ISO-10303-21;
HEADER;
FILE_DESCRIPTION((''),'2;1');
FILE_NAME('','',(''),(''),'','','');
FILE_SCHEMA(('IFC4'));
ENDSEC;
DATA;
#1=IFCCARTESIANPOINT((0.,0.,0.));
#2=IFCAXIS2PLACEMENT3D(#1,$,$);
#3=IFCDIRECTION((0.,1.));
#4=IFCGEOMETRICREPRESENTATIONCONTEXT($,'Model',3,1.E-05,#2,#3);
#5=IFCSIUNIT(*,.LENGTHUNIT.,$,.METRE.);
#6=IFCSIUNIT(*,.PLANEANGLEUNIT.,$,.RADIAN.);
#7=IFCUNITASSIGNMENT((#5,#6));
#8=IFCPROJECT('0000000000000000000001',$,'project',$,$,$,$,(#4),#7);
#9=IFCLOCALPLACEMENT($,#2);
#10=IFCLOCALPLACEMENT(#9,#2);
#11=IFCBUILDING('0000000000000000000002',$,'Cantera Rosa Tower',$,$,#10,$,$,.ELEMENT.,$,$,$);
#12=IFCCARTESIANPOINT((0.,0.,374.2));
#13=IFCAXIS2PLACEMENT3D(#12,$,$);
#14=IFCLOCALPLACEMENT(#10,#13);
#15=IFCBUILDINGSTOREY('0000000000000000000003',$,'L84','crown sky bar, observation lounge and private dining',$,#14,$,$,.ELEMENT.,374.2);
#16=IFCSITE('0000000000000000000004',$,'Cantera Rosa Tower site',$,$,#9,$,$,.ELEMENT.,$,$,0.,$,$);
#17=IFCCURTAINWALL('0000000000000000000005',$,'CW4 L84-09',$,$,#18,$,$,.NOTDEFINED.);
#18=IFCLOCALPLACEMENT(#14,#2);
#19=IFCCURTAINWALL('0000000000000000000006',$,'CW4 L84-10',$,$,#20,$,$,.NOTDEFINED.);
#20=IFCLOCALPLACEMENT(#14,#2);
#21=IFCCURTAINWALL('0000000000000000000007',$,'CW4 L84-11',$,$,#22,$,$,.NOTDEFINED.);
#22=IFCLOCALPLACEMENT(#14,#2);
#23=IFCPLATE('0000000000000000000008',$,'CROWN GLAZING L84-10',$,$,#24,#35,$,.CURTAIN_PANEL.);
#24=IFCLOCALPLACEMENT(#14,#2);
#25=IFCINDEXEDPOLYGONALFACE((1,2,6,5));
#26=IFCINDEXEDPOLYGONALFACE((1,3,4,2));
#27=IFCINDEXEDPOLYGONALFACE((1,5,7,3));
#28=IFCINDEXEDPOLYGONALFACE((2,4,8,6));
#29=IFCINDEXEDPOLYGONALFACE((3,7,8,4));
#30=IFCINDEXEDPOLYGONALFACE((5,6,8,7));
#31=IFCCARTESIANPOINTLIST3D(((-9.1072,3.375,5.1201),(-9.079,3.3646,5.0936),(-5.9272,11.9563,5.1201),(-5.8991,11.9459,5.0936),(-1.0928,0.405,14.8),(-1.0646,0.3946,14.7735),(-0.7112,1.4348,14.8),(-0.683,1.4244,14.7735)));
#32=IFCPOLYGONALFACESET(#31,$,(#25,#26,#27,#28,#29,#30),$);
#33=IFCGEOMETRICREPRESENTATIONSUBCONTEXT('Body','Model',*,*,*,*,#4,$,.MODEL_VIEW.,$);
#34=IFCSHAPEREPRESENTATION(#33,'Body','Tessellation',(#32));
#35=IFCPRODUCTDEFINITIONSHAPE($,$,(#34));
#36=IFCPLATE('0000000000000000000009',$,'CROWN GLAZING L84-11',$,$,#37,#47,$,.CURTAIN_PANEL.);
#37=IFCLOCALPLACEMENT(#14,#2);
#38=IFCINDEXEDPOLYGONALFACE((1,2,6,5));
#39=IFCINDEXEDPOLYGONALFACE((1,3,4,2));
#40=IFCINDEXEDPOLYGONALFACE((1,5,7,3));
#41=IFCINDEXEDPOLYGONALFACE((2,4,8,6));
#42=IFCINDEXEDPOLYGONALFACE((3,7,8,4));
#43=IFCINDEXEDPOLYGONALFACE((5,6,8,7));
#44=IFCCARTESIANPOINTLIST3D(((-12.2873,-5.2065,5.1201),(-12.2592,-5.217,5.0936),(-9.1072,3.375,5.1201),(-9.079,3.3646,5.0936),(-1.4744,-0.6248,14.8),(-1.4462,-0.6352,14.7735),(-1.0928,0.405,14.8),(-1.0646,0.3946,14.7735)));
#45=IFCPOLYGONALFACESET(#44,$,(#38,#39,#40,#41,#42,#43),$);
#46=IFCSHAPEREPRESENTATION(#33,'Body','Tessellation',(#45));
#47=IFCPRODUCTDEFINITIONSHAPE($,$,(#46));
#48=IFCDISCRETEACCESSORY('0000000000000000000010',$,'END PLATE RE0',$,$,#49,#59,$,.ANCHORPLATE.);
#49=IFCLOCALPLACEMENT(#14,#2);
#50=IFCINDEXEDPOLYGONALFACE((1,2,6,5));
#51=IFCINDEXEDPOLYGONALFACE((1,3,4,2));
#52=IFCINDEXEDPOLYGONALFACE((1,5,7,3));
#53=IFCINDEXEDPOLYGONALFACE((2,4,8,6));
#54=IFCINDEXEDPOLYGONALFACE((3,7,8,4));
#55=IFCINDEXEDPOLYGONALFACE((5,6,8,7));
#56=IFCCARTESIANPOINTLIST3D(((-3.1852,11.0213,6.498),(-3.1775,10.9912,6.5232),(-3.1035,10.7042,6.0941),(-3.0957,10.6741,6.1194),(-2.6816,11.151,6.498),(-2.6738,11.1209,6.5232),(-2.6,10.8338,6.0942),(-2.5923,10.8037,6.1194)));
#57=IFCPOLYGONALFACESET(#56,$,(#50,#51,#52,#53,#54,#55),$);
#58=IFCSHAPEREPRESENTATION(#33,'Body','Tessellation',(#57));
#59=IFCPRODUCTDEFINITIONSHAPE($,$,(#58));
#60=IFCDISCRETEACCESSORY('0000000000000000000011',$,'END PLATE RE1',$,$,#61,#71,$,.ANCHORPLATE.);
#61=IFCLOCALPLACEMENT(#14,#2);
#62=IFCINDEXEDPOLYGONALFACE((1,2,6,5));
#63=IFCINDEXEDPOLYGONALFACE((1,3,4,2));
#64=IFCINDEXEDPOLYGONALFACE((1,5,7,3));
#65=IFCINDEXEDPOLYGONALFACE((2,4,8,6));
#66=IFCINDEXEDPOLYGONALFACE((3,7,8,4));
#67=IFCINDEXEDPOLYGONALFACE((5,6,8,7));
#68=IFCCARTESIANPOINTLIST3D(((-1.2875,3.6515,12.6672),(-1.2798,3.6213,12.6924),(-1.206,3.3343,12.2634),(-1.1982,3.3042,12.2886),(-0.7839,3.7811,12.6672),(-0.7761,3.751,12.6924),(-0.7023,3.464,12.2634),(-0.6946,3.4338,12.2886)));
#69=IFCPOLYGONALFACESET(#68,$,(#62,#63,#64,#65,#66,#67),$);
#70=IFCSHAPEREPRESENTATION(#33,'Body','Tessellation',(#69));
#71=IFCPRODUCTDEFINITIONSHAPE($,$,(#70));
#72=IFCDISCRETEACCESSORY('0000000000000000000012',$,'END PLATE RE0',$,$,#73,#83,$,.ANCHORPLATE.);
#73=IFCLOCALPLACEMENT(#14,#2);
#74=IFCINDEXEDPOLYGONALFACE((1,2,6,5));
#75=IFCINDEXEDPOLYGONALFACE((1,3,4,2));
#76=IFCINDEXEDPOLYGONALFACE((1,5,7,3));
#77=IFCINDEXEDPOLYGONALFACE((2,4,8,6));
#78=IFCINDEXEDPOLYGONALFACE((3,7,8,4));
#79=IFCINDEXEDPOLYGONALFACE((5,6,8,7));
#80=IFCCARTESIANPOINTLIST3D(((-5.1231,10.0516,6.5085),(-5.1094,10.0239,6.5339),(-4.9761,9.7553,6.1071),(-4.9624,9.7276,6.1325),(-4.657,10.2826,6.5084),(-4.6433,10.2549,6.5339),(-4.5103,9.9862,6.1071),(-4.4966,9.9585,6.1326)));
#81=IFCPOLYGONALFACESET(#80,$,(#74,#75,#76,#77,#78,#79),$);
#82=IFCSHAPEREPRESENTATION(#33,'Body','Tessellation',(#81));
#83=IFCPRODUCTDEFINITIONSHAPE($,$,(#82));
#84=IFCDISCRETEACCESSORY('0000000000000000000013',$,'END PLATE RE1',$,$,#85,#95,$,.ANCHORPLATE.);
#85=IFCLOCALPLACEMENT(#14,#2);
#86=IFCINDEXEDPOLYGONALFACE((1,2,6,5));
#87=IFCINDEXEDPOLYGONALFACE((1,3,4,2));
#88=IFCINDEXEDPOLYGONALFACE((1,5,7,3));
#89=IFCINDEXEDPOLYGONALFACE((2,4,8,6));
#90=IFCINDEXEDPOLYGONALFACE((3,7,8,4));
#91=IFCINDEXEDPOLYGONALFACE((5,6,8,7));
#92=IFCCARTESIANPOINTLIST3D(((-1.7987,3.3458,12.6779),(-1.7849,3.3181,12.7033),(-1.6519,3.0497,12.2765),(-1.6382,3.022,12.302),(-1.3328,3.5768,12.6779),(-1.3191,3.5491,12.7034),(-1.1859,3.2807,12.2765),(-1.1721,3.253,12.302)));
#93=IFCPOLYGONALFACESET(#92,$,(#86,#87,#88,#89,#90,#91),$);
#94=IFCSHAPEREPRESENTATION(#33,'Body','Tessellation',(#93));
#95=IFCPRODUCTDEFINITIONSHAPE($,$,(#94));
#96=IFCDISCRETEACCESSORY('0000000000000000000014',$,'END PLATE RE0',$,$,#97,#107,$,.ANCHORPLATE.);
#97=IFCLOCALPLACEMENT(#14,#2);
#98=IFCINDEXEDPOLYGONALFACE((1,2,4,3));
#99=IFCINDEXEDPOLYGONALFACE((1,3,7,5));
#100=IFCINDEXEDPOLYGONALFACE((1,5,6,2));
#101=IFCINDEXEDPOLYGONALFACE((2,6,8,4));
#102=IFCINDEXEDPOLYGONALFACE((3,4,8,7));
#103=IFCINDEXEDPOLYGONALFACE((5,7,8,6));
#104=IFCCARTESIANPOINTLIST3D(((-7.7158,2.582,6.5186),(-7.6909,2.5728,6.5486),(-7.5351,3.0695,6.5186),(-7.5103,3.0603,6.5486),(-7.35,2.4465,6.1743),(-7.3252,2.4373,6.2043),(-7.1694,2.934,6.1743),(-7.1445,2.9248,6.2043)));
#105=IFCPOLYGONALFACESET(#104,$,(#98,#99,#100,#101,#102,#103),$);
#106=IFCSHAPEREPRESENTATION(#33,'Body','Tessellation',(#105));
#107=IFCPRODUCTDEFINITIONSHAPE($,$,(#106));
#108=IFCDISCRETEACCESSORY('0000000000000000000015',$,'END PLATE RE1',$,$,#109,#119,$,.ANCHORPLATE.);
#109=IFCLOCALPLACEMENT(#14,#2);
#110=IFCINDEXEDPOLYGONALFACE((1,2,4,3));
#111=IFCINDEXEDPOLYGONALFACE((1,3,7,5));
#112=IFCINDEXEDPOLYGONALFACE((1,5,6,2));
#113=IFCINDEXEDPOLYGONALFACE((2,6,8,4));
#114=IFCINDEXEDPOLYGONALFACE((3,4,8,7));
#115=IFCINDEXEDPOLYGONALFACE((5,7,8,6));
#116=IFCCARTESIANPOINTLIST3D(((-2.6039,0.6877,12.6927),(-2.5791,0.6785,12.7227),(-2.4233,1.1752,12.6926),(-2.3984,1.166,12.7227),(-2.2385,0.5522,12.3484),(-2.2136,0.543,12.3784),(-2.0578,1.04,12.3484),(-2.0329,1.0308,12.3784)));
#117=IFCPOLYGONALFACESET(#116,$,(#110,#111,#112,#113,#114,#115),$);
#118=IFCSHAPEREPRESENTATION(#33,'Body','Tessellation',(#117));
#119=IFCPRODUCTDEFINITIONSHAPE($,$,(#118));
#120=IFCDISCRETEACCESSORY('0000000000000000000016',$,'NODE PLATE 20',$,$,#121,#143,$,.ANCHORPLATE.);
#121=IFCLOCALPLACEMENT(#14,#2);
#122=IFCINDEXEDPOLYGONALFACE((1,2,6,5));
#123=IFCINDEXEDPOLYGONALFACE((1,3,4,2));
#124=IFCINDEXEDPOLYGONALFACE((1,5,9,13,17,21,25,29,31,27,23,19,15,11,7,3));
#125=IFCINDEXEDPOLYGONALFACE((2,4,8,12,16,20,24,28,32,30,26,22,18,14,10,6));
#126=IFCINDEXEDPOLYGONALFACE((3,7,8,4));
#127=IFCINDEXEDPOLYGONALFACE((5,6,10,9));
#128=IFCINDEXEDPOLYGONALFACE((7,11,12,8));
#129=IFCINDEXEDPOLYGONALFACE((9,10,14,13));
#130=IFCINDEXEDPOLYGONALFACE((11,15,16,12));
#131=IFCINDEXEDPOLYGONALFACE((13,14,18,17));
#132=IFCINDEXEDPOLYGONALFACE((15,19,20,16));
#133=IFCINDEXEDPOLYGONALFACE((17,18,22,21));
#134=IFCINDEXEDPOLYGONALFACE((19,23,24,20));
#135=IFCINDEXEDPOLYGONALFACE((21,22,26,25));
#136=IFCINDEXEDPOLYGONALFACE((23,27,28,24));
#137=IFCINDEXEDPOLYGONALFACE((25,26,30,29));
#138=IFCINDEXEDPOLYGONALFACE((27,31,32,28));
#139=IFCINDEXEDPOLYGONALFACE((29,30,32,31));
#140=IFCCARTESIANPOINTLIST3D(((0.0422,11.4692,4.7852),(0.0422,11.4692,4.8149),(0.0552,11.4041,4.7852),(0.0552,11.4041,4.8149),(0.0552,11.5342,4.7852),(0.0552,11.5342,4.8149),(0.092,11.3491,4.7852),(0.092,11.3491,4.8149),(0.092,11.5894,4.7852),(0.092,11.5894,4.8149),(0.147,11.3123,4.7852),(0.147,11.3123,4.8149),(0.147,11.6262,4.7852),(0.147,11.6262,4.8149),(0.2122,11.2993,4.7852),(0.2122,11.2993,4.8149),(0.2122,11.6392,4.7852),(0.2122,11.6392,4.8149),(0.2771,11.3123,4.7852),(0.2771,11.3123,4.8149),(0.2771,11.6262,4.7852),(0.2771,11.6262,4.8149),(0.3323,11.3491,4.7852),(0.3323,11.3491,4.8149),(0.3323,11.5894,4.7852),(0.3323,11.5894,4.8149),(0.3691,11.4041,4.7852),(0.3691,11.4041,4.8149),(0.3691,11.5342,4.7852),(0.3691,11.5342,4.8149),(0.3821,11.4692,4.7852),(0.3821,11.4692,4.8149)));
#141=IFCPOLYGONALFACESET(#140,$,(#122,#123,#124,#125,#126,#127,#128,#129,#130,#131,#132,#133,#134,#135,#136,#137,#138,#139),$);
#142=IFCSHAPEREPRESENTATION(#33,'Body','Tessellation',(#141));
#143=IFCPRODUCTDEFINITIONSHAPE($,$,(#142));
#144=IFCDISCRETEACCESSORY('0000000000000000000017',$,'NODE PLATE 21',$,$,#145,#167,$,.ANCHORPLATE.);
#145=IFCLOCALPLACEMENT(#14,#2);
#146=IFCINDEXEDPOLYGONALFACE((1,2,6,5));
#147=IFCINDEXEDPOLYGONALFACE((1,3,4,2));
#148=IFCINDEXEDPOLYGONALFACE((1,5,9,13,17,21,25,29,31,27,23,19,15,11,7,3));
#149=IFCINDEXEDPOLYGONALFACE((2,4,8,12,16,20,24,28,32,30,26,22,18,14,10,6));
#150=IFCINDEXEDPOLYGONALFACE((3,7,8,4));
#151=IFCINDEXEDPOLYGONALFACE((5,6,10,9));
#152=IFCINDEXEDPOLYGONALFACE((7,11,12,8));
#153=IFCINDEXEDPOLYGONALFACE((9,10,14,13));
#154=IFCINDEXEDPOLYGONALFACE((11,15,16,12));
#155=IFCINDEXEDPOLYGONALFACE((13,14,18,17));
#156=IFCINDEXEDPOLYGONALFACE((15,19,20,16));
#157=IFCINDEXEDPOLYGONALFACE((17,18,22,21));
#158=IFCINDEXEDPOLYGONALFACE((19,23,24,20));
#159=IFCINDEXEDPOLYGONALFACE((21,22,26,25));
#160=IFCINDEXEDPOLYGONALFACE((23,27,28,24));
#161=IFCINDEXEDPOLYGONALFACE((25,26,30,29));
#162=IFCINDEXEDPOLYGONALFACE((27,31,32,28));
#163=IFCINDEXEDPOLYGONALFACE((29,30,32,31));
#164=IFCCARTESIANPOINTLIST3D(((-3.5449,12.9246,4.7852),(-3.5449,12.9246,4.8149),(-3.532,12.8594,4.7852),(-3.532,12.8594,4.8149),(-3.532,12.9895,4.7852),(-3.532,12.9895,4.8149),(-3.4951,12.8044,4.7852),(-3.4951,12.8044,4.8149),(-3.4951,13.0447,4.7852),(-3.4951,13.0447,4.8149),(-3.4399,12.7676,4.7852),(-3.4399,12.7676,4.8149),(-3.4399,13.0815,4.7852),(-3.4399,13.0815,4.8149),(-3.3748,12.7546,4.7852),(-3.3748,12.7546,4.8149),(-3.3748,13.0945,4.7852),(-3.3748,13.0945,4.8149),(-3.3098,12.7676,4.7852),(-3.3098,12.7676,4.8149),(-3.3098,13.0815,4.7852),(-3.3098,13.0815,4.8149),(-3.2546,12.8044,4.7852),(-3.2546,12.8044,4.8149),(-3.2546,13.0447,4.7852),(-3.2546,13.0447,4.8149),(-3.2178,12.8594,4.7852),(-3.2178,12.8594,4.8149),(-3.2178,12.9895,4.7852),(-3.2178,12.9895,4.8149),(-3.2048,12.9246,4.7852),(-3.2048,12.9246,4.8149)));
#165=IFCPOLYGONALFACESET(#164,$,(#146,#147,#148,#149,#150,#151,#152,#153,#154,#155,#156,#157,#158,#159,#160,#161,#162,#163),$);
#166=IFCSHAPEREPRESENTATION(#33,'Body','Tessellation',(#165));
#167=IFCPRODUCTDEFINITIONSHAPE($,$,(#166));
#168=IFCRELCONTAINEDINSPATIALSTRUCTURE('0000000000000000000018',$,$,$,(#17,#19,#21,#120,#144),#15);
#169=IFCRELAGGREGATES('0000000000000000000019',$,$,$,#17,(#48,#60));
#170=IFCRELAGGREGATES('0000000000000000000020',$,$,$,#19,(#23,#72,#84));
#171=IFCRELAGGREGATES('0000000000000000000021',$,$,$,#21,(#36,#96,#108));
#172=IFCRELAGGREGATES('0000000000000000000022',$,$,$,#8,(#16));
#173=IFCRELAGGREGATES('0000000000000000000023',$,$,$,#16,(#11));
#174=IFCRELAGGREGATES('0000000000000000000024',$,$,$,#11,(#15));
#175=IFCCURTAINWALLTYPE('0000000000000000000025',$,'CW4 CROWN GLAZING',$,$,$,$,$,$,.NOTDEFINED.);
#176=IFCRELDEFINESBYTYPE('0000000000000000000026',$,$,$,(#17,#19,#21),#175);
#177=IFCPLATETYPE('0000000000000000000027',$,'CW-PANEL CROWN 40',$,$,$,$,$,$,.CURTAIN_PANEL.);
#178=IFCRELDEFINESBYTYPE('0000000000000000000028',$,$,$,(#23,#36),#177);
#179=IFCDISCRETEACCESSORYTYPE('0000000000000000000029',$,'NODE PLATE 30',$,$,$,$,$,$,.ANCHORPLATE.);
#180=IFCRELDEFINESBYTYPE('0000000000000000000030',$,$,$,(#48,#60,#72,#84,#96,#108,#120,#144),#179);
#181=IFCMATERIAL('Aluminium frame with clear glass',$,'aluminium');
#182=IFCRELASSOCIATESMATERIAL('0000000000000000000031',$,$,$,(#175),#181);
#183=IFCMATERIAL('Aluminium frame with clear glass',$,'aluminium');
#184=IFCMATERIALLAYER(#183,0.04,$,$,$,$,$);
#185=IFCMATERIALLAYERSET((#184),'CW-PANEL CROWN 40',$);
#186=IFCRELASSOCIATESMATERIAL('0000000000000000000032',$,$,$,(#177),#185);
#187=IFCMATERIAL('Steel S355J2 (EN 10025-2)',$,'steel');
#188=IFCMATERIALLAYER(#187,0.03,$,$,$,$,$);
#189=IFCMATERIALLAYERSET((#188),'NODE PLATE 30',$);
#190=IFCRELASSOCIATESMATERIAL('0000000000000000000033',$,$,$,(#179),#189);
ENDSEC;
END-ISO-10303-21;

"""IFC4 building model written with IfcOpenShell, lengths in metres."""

from ifc_helpers import new_model, si_unit, direction, frame, origin, place, context, subcontext, project, spatial, polyline, outline, extrude, material, layer, layer_set, type_object, element, aggregate, save


model = new_model("IFC4")

# Units and contexts
model_context = context("Model", 3, precision=1e-05, world=origin(), true_north=direction((0.0, 1.0)))
body_context = subcontext(model_context, "Body", "Model", "MODEL_VIEW")
ifc_project = project(units=[si_unit("LENGTHUNIT", "METRE"), si_unit("PLANEANGLEUNIT", "RADIAN")], contexts=[model_context])

# Site, building, storey
site_placement = place(None, origin())
site = spatial("IfcSite", under=ifc_project, at=site_placement, Name="Cantera Rosa Tower site", CompositionType="ELEMENT", RefElevation=0.0)
building_placement = place(site_placement, origin())
building = spatial("IfcBuilding", under=site, at=building_placement, Name="Cantera Rosa Tower", CompositionType="ELEMENT")
storey_placement = place(building_placement, frame((0.0, 0.0, 374.2)))
storey = spatial("IfcBuildingStorey", under=building, at=storey_placement, Name="L84", Description="crown sky bar, observation lounge and private dining", CompositionType="ELEMENT", Elevation=374.2)

# Curtain walls
ifc_material_1 = material(Name="Aluminium frame with clear glass", Category="aluminium")
curtain_wall_type = type_object("IfcCurtainWallType", Name="CW4 CROWN GLAZING", PredefinedType="NOTDEFINED", material=ifc_material_1)
curtain_wall_1_placement = place(storey_placement, origin())
curtain_wall_1 = element("IfcCurtainWall", 1, at=curtain_wall_1_placement, inside=storey, type_object=curtain_wall_type, Name="CW4 L84-09", PredefinedType="NOTDEFINED")
curtain_wall_2_placement = place(storey_placement, origin())
curtain_wall_2 = element("IfcCurtainWall", 2, at=curtain_wall_2_placement, inside=storey, type_object=curtain_wall_type, Name="CW4 L84-10", PredefinedType="NOTDEFINED")
curtain_wall_3_placement = place(storey_placement, origin())
curtain_wall_3 = element("IfcCurtainWall", 3, at=curtain_wall_3_placement, inside=storey, type_object=curtain_wall_type, Name="CW4 L84-11", PredefinedType="NOTDEFINED")

# Plates
ifc_material_2 = material(Name="Aluminium frame with clear glass", Category="aluminium")
ifc_layer_1 = layer(ifc_material_2, 0.04)
ifc_layer_set_1 = layer_set([ifc_layer_1], Name="CW-PANEL CROWN 40")
plate_type_1 = type_object("IfcPlateType", Name="CW-PANEL CROWN 40", PredefinedType="CURTAIN_PANEL", material=ifc_layer_set_1)
plate_1_placement = place(storey_placement, frame((-5.9272, 11.9563, 5.1201), z_axis=(-0.702903, 0.260471, 0.661878), x_axis=(-0.347475, -0.937689, 0.0)))
plate_1 = element("IfcPlate", 4, at=plate_1_placement, type_object=plate_type_1, Name="CROWN GLAZING L84-10", PredefinedType="CURTAIN_PANEL", context=body_context, shape_type="SweptSolid", body=[
    extrude(outline(polyline([(0.0, 0.0), (9.1515, 0.0), (9.1516, 12.9133), (8.0534, 12.9133), (0.0, 0.0)])), origin(), (0.0, 0.0, -1.0), 0.04),
])
plate_2_placement = place(storey_placement, frame((-9.1072, 3.375, 5.1201), z_axis=(-0.702898, 0.26048, 0.661879), x_axis=(-0.347488, -0.937684, -0.000001)))
plate_2 = element("IfcPlate", 5, at=plate_2_placement, type_object=plate_type_1, Name="CROWN GLAZING L84-11", PredefinedType="CURTAIN_PANEL", context=body_context, shape_type="SweptSolid", body=[
    extrude(outline(polyline([(0.0, 0.0), (9.1519, 0.0), (1.0982, 12.9133), (0.0, 12.9133), (0.0, 0.0)])), origin(), (0.0, 0.0, -1.0), 0.04),
])

# Discrete accessories
ifc_material_3 = material(Name="Steel S355J2 (EN 10025-2)", Category="steel")
ifc_layer_2 = layer(ifc_material_3, 0.03)
ifc_layer_set_2 = layer_set([ifc_layer_2], Name="NODE PLATE 30")
discrete_accessory_type = type_object("IfcDiscreteAccessoryType", Name="NODE PLATE 30", PredefinedType="ANCHORPLATE", material=ifc_layer_set_2)
discrete_accessory_1_placement = place(storey_placement, frame((-3.1775, 10.9912, 6.5232), z_axis=(0.193647, -0.75216, 0.629886), x_axis=(0.968426, 0.249302, -0.000029)))
discrete_accessory_1 = element("IfcDiscreteAccessory", 6, at=discrete_accessory_1_placement, type_object=discrete_accessory_type, Name="END PLATE RE0", PredefinedType="ANCHORPLATE", context=body_context, shape_type="SweptSolid", body=[
    extrude(outline(polyline([(0.0, 0.0), (0.5201, 0.0), (0.52, -0.5199), (0.0002, -0.5199), (0.0, 0.0)])), origin(), (0.0, 0.0, -1.0), 0.04),
])
discrete_accessory_2_placement = place(storey_placement, frame((-0.7761, 3.751, 12.6924), z_axis=(0.19361, -0.752199, 0.62985), x_axis=(-0.968435, -0.249267, 0.0)))
discrete_accessory_2 = element("IfcDiscreteAccessory", 7, at=discrete_accessory_2_placement, type_object=discrete_accessory_type, Name="END PLATE RE1", PredefinedType="ANCHORPLATE", context=body_context, shape_type="SweptSolid", body=[
    extrude(outline(polyline([(0.0, 0.0), (0.5201, 0.0), (0.5202, 0.5199), (0.0001, 0.5199), (0.0, 0.0)])), origin(), (0.0, 0.0, -1.0), 0.04),
])
aggregate(curtain_wall_1, [discrete_accessory_1, discrete_accessory_2])
discrete_accessory_3_placement = place(storey_placement, frame((-5.1094, 10.0239, 6.5339), z_axis=(0.342726, -0.691429, 0.635976), x_axis=(0.89599, 0.444075, -0.000051)))
discrete_accessory_3 = element("IfcDiscreteAccessory", 8, at=discrete_accessory_3_placement, type_object=discrete_accessory_type, Name="END PLATE RE0", PredefinedType="ANCHORPLATE", context=body_context, shape_type="SweptSolid", body=[
    extrude(outline(polyline([(0.0, 0.0), (0.5202, 0.0), (0.52, -0.5201), (0.0001, -0.5201), (0.0, 0.0)])), origin(), (0.0, 0.0, -1.0), 0.04),
])
discrete_accessory_4_placement = place(storey_placement, frame((-1.3191, 3.5491, 12.7034), z_axis=(0.342817, -0.691614, 0.635725), x_axis=(-0.895952, -0.44415, -0.000051)))
discrete_accessory_4 = element("IfcDiscreteAccessory", 9, at=discrete_accessory_4_placement, type_object=discrete_accessory_type, Name="END PLATE RE1", PredefinedType="ANCHORPLATE", context=body_context, shape_type="SweptSolid", body=[
    extrude(outline(polyline([(0.0, 0.0), (0.5199, 0.0), (0.52, 0.5199), (-0.0001, 0.52), (0.0, 0.0)])), origin(), (0.0, 0.0, -1.0), 0.04),
])
aggregate(curtain_wall_2, [plate_1, discrete_accessory_3, discrete_accessory_4])
discrete_accessory_5_placement = place(storey_placement, frame((-7.6909, 2.5728, 6.5486), z_axis=(0.620505, -0.229932, 0.749737), x_axis=(0.347467, 0.937692, 0.0)))
discrete_accessory_5 = element("IfcDiscreteAccessory", 10, at=discrete_accessory_5_placement, type_object=discrete_accessory_type, Name="END PLATE RE0", PredefinedType="ANCHORPLATE", context=body_context, shape_type="SweptSolid", body=[
    extrude(outline(polyline([(0.0, 0.0), (0.5199, 0.0), (0.52, -0.5202), (0.0, -0.5202), (0.0, 0.0)])), origin(), (0.0, 0.0, -1.0), 0.04),
])
discrete_accessory_6_placement = place(storey_placement, frame((-2.3984, 1.166, 12.7227), z_axis=(0.620766, -0.229971, 0.749508), x_axis=(-0.347434, -0.937705, 0.00004)))
discrete_accessory_6 = element("IfcDiscreteAccessory", 11, at=discrete_accessory_6_placement, type_object=discrete_accessory_type, Name="END PLATE RE1", PredefinedType="ANCHORPLATE", context=body_context, shape_type="SweptSolid", body=[
    extrude(outline(polyline([(0.0, 0.0), (0.5199, 0.0), (0.52, 0.52), (-0.0002, 0.52), (0.0, 0.0)])), origin(), (0.0, 0.0, -1.0), 0.04),
])
aggregate(curtain_wall_3, [plate_2, discrete_accessory_5, discrete_accessory_6])

# Discrete accessories
discrete_accessory_7_placement = place(storey_placement, frame((0.0, 0.0, 4.7852)))
element("IfcDiscreteAccessory", 12, at=discrete_accessory_7_placement, inside=storey, type_object=discrete_accessory_type, Name="NODE PLATE 20", PredefinedType="ANCHORPLATE", context=body_context, shape_type="SweptSolid", body=[
    extrude(outline(polyline([(0.3821, 11.4692), (0.3691, 11.5342), (0.3323, 11.5894), (0.2771, 11.6262), (0.2122, 11.6392), (0.147, 11.6262), (0.092, 11.5894), (0.0552, 11.5342), (0.0422, 11.4692), (0.0552, 11.4041), (0.092, 11.3491), (0.147, 11.3123), (0.2122, 11.2993), (0.2771, 11.3123), (0.3323, 11.3491), (0.3691, 11.4041), (0.3821, 11.4692)])), origin(), (0.0, 0.0, 1.0), 0.0298),
])
discrete_accessory_8_placement = place(storey_placement, frame((0.0, 0.0, 4.7852)))
element("IfcDiscreteAccessory", 13, at=discrete_accessory_8_placement, inside=storey, type_object=discrete_accessory_type, Name="NODE PLATE 21", PredefinedType="ANCHORPLATE", context=body_context, shape_type="SweptSolid", body=[
    extrude(outline(polyline([(-3.2048, 12.9246), (-3.2178, 12.9895), (-3.2546, 13.0447), (-3.3098, 13.0815), (-3.3748, 13.0945), (-3.4399, 13.0815), (-3.4951, 13.0447), (-3.532, 12.9895), (-3.5449, 12.9246), (-3.532, 12.8594), (-3.4951, 12.8044), (-3.4399, 12.7676), (-3.3748, 12.7546), (-3.3098, 12.7676), (-3.2546, 12.8044), (-3.2178, 12.8594), (-3.2048, 12.9246)])), origin(), (0.0, 0.0, 1.0), 0.0298),
])

save(model, "model.ifc")
